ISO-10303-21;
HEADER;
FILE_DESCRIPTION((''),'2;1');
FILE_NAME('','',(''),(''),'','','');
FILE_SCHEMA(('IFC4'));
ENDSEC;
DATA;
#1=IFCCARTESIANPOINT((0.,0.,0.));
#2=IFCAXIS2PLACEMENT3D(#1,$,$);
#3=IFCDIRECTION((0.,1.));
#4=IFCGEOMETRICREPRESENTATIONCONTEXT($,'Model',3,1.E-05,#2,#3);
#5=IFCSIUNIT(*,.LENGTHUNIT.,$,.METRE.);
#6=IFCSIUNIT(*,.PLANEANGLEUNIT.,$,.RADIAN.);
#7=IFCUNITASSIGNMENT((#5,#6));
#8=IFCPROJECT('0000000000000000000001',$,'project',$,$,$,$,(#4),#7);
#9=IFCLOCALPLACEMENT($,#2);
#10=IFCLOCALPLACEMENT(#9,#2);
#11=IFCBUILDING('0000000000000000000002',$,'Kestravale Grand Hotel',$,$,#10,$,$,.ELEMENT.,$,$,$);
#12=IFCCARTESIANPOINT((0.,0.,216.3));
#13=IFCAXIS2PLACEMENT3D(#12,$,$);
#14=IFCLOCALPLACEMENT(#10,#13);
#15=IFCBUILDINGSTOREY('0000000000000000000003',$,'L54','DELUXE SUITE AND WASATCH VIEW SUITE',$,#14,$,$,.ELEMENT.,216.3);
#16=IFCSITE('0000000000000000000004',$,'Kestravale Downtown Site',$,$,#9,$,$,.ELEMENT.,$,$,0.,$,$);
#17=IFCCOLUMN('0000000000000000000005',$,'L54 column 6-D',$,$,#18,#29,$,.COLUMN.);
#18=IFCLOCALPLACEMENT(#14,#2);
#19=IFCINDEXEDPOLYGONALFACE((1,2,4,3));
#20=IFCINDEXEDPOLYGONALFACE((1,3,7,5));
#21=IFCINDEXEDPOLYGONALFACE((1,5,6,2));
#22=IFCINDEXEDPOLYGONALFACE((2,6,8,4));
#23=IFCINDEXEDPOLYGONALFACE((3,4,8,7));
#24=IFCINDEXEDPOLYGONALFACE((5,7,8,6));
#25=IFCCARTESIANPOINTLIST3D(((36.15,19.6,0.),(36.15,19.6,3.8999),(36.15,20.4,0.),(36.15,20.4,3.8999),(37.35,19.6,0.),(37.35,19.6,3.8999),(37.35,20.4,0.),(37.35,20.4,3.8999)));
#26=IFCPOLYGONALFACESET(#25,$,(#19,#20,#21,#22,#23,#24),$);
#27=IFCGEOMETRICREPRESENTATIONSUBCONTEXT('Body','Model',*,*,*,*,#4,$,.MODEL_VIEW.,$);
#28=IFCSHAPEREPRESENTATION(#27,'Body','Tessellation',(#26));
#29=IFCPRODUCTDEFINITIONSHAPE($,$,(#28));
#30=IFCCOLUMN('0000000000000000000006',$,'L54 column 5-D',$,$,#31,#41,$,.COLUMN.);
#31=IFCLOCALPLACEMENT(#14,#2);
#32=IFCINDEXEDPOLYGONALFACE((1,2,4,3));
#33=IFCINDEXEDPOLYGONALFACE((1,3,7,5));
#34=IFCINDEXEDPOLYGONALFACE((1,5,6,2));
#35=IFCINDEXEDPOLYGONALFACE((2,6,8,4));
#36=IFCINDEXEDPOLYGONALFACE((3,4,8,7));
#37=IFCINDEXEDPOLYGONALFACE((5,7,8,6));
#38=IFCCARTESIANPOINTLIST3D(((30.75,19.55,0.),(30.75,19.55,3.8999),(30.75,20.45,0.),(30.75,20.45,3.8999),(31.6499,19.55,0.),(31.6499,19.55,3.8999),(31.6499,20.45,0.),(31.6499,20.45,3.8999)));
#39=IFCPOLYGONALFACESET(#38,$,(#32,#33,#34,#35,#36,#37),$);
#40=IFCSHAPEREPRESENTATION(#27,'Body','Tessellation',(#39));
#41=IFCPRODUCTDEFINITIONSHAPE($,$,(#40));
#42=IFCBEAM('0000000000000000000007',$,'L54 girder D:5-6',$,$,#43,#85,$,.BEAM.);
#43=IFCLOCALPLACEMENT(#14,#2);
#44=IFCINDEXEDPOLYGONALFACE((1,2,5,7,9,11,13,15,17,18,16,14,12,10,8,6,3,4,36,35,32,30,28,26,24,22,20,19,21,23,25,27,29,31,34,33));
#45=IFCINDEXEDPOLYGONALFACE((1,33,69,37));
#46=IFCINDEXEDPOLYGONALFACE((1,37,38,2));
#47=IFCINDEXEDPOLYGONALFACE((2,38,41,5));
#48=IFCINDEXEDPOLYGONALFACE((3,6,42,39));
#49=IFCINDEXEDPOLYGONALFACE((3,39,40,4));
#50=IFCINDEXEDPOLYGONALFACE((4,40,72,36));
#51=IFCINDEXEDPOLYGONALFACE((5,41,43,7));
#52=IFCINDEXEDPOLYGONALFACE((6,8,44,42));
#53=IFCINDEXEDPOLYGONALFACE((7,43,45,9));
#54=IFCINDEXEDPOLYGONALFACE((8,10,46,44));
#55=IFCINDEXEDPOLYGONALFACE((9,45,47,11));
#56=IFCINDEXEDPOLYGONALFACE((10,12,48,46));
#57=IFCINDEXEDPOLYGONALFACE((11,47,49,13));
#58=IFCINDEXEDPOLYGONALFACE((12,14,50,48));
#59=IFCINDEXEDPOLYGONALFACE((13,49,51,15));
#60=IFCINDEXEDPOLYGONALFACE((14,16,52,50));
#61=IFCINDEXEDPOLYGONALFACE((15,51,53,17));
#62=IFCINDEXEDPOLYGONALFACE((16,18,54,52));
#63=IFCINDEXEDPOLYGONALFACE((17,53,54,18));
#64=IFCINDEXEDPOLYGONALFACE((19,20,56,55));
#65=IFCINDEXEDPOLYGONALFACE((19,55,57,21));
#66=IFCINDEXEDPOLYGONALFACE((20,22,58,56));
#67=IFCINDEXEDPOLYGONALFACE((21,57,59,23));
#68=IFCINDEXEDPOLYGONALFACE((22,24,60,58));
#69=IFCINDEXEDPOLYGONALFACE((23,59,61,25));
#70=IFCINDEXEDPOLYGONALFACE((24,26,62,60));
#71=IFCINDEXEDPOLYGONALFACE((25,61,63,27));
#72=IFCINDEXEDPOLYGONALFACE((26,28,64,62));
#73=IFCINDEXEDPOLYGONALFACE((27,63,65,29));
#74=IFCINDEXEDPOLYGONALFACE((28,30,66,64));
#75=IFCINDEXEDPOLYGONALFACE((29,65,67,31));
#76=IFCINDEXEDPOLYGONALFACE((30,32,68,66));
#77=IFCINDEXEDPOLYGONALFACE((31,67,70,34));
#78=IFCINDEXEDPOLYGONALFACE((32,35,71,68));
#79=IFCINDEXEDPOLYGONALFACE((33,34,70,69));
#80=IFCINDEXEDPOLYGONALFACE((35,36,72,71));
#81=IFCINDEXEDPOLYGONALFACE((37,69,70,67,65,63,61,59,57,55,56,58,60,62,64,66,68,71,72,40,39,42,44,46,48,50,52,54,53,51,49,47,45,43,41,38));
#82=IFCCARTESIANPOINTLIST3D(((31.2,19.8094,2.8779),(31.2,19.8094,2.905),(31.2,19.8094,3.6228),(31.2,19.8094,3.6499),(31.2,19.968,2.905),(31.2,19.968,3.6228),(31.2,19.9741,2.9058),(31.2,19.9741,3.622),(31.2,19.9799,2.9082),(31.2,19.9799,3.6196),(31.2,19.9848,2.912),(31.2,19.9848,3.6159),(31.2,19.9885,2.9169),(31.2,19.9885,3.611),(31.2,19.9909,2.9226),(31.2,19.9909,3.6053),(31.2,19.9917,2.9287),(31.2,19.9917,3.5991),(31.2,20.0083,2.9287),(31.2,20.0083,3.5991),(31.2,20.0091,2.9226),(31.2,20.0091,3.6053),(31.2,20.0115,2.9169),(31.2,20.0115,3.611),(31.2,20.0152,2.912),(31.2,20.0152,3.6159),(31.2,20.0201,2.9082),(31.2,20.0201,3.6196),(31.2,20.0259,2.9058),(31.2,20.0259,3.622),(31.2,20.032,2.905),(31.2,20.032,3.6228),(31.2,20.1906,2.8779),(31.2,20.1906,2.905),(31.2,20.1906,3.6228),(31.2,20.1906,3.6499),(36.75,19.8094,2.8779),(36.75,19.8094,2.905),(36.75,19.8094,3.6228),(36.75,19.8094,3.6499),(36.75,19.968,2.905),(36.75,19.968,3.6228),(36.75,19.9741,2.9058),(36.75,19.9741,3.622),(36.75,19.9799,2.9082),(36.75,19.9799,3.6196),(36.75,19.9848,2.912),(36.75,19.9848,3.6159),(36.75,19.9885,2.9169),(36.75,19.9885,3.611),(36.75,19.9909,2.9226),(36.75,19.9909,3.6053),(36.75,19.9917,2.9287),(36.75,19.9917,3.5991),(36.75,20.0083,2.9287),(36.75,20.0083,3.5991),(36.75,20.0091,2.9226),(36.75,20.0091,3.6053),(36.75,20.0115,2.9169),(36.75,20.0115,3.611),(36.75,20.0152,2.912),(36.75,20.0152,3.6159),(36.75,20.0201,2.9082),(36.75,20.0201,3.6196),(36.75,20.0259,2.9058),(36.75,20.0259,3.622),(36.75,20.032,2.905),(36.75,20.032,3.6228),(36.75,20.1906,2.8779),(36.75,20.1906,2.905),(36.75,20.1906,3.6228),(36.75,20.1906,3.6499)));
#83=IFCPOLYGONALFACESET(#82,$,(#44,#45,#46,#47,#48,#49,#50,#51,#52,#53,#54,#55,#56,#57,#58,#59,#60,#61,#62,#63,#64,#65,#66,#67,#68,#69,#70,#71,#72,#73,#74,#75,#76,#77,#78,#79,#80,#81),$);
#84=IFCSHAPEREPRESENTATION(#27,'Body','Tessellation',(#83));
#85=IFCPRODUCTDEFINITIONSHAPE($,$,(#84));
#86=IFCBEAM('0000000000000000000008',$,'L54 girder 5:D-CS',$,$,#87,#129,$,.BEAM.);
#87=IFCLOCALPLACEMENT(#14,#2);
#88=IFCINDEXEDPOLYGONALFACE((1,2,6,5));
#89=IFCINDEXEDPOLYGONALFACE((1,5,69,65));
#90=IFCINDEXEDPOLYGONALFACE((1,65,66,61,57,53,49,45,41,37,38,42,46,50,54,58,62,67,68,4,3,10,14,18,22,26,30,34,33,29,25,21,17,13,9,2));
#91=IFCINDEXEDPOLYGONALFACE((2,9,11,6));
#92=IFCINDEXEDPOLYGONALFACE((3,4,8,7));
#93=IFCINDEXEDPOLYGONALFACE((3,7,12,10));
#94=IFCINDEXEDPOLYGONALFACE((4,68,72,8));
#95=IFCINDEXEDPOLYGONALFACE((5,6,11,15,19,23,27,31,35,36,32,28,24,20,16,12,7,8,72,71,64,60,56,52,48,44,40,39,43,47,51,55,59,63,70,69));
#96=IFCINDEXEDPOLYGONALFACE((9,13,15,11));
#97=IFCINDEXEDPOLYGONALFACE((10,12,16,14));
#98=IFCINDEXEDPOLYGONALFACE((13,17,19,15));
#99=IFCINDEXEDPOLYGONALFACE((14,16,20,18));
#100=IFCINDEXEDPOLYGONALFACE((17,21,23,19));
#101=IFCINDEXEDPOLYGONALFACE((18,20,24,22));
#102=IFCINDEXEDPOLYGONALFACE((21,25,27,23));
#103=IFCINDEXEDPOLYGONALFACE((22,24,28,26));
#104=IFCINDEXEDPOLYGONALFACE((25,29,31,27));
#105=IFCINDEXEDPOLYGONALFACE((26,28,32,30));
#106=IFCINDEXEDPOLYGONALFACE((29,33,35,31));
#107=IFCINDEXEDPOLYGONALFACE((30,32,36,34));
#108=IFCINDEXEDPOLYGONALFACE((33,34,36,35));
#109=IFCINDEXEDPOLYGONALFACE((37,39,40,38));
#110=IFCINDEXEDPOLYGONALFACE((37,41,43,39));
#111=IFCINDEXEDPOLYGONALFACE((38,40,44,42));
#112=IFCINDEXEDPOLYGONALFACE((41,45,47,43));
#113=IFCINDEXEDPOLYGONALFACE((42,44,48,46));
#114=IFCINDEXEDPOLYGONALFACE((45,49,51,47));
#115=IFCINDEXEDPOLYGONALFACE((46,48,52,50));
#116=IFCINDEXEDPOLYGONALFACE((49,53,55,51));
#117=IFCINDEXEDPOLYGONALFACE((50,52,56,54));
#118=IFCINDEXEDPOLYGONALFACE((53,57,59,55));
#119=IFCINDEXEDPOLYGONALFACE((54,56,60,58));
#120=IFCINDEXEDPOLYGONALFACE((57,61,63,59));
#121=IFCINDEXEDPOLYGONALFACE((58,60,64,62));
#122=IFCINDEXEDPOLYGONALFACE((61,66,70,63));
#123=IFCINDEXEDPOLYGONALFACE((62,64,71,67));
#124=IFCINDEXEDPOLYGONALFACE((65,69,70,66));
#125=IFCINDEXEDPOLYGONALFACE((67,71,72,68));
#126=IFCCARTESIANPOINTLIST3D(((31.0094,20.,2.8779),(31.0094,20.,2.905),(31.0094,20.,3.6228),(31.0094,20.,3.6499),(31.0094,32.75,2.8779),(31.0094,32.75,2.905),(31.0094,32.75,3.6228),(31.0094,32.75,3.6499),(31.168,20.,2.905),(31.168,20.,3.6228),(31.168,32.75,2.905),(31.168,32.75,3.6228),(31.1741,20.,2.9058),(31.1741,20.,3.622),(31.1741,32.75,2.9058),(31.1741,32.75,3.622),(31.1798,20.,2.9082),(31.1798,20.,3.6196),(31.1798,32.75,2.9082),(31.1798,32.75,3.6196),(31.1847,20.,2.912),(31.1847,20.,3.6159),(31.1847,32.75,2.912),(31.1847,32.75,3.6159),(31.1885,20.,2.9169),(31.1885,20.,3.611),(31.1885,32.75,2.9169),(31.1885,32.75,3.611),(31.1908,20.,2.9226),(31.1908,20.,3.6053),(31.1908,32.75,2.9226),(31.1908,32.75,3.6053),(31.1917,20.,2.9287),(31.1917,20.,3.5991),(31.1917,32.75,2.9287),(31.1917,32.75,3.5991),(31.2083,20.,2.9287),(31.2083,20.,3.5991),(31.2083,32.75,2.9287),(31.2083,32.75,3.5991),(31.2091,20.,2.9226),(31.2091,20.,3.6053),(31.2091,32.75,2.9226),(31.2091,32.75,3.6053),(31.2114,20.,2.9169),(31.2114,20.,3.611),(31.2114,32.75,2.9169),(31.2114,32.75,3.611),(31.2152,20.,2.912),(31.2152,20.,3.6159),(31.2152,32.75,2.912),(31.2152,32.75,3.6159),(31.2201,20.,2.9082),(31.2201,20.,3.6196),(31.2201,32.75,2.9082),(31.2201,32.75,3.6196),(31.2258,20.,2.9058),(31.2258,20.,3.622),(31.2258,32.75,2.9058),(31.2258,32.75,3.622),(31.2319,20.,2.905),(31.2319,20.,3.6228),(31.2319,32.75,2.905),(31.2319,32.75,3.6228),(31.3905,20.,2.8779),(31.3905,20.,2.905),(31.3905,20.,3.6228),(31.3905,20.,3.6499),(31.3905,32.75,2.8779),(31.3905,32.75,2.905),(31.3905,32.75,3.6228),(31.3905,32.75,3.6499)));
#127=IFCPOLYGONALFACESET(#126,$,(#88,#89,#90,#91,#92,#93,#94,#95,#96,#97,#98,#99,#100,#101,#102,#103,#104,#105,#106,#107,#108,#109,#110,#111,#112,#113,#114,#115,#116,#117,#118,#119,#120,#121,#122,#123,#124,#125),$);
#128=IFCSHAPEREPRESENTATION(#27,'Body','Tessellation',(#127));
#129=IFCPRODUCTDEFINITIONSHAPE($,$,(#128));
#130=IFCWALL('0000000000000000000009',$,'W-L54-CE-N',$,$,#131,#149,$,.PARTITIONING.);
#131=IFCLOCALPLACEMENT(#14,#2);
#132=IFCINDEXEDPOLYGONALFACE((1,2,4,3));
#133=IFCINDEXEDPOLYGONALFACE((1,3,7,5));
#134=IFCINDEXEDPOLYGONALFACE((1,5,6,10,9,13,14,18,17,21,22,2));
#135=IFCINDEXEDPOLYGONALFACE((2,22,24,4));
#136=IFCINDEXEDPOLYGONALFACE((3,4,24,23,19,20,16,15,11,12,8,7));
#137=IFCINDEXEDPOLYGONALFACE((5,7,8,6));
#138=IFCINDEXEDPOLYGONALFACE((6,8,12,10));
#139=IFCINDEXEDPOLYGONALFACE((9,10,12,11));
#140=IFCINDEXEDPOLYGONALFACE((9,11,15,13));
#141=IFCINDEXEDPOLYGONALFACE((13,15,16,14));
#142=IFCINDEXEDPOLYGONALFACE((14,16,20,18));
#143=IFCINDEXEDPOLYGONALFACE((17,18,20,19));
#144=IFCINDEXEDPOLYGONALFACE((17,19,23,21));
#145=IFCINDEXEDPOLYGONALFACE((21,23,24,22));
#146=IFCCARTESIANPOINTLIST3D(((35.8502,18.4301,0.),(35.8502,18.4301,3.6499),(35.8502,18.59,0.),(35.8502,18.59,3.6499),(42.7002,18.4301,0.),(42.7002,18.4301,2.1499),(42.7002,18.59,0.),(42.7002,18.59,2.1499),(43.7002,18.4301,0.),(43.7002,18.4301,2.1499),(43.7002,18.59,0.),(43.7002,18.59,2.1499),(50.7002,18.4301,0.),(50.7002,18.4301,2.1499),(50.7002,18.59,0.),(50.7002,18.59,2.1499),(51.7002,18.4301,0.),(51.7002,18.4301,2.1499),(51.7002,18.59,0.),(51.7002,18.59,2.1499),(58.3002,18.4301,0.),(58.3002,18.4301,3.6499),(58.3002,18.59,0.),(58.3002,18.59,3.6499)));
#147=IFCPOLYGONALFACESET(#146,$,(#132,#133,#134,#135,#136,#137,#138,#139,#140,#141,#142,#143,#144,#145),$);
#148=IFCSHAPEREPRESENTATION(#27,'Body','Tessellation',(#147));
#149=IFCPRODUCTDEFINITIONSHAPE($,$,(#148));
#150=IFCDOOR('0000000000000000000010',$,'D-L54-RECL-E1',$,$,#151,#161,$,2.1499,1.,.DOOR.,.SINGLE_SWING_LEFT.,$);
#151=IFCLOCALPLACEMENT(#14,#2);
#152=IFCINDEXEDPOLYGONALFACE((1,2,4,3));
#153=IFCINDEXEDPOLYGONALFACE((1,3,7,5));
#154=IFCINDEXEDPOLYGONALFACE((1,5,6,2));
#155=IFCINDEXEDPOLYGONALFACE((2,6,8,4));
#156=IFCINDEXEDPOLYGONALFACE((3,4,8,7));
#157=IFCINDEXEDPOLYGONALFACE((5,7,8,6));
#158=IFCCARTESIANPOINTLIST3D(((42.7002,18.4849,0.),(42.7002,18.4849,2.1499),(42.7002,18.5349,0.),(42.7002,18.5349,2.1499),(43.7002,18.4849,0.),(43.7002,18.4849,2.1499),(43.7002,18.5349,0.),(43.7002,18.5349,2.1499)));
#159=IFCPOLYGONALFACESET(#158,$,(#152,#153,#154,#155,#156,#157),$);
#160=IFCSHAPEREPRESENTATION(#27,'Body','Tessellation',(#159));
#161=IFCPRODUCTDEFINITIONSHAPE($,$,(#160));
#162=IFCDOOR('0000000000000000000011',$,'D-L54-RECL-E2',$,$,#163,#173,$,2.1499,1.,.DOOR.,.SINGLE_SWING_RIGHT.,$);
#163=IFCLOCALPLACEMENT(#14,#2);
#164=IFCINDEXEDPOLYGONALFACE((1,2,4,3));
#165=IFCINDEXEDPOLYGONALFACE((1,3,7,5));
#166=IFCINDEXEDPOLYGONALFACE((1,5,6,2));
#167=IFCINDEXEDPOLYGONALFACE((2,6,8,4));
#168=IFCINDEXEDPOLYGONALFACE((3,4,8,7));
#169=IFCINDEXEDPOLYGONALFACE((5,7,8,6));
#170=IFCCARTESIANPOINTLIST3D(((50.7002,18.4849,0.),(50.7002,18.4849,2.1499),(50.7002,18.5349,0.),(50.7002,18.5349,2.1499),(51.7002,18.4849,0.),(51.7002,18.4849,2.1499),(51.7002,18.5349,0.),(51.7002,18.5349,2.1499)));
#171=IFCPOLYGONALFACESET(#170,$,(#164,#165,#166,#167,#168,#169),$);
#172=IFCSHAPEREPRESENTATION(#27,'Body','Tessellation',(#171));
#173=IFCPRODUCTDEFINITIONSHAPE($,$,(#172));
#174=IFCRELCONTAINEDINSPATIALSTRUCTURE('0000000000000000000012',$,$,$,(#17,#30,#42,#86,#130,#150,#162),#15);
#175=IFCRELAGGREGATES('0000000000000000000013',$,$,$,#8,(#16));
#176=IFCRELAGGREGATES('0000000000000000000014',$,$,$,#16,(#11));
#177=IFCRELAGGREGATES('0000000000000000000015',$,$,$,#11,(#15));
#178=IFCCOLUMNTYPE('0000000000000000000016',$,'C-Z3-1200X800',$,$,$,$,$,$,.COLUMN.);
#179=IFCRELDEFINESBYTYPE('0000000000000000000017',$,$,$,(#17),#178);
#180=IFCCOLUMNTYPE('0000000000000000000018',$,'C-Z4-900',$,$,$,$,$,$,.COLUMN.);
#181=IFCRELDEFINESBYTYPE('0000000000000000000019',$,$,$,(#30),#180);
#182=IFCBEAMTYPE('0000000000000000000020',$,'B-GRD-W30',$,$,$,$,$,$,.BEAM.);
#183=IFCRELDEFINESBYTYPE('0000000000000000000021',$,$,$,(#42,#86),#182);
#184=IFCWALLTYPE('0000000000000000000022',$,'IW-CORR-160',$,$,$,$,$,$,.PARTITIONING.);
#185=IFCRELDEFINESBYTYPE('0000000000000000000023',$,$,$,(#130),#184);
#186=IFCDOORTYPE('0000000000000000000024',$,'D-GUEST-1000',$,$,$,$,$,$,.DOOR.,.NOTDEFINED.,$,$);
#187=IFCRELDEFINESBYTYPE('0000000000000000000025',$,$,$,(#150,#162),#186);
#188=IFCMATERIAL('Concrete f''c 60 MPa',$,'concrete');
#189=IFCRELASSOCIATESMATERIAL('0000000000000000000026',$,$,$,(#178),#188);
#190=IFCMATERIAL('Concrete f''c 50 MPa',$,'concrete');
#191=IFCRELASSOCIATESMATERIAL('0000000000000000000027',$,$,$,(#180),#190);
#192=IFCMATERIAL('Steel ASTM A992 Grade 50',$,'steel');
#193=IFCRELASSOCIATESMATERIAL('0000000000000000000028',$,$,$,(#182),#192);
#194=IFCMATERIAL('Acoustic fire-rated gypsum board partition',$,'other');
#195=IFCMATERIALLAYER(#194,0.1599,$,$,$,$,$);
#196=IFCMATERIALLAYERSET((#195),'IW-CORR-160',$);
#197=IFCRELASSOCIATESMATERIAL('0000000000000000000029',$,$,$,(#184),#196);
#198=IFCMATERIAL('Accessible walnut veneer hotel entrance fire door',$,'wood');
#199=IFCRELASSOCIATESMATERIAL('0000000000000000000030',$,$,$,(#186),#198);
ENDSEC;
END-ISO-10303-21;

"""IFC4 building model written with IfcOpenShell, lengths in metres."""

from ifc_helpers import new_model, si_unit, direction, frame, frame_2d, origin, origin_2d, place, context, subcontext, project, spatial, rectangle, i_section, extrude, material, layer, layer_set, material_profile, profile_set, type_object, element, fill, save


model = new_model("IFC4")

# Units and contexts
model_context = context("Model", 3, precision=1e-05, world=origin(), true_north=direction((0.0, 1.0)))
body_context = subcontext(model_context, "Body", "Model", "MODEL_VIEW")
ifc_project = project(units=[si_unit("LENGTHUNIT", "METRE"), si_unit("PLANEANGLEUNIT", "RADIAN")], contexts=[model_context])

# Site, building, storey
site_placement = place(None, origin())
site = spatial("IfcSite", under=ifc_project, at=site_placement, Name="Kestravale Downtown Site", CompositionType="ELEMENT", RefElevation=0.0)
building_placement = place(site_placement, origin())
building = spatial("IfcBuilding", under=site, at=building_placement, Name="Kestravale Grand Hotel", CompositionType="ELEMENT")
storey_placement = place(building_placement, frame((0.0, 0.0, 216.3)))
storey = spatial("IfcBuildingStorey", under=building, at=storey_placement, Name="L54", Description="DELUXE SUITE AND WASATCH VIEW SUITE", CompositionType="ELEMENT", Elevation=216.3)

# Columns
ifc_material_1 = material(Name="Concrete f'c 60 MPa", Category="concrete")
ifc_material_profile_1 = material_profile(ifc_material_1, rectangle(XDim=1.2, YDim=0.8, at=origin_2d()))
ifc_profile_set_1 = profile_set([ifc_material_profile_1], Name="Concrete f'c 60 MPa")
column_type_1 = type_object("IfcColumnType", Name="C-Z3-1200X800", PredefinedType="COLUMN", material=ifc_profile_set_1)
column_1_placement = place(storey_placement, frame((36.75, 20.0, 0.0), z_axis=(0.0, 0.0, 1.0), x_axis=(1.0, 0.0, 0.0)))
element("IfcColumn", 1, at=column_1_placement, inside=storey, type_object=column_type_1, Name="L54 column 6-D", PredefinedType="COLUMN", context=body_context, shape_type="SweptSolid", body=[
    extrude(rectangle(XDim=1.2, YDim=0.8, at=origin_2d()), origin(), (0.0, 0.0, 1.0), 3.8999),
])
ifc_material_2 = material(Name="Concrete f'c 50 MPa", Category="concrete")
ifc_material_profile_2 = material_profile(ifc_material_2, rectangle(XDim=0.8999, YDim=0.8999, at=origin_2d()))
ifc_profile_set_2 = profile_set([ifc_material_profile_2], Name="Concrete f'c 50 MPa")
column_type_2 = type_object("IfcColumnType", Name="C-Z4-900", PredefinedType="COLUMN", material=ifc_profile_set_2)
column_2_placement = place(storey_placement, frame((31.2, 20.0, 0.0), z_axis=(0.0, 0.0, 1.0), x_axis=(1.0, 0.0, 0.0)))
element("IfcColumn", 2, at=column_2_placement, inside=storey, type_object=column_type_2, Name="L54 column 5-D", PredefinedType="COLUMN", context=body_context, shape_type="SweptSolid", body=[
    extrude(rectangle(XDim=0.8999, YDim=0.8999, at=origin_2d()), origin(), (0.0, 0.0, 1.0), 3.8999),
])

# Beams
ifc_material_3 = material(Name="Steel ASTM A992 Grade 50", Category="steel")
ifc_material_profile_3 = material_profile(ifc_material_3, i_section(OverallWidth=0.3811, OverallDepth=0.772, WebThickness=0.0166, FlangeThickness=0.0271, FilletRadius=0.0237, at=origin_2d()))
ifc_profile_set_3 = profile_set([ifc_material_profile_3], Name="Steel ASTM A992 Grade 50")
beam_type = type_object("IfcBeamType", Name="B-GRD-W30", PredefinedType="BEAM", material=ifc_profile_set_3)
beam_1_placement = place(storey_placement, frame((31.2, 20.0, 3.2639), z_axis=(1.0, 0.0, 0.0), x_axis=(0.0, 1.0, 0.0)))
element("IfcBeam", 3, at=beam_1_placement, inside=storey, type_object=beam_type, Name="L54 girder D:5-6", PredefinedType="BEAM", context=body_context, shape_type="SweptSolid", body=[
    extrude(i_section(OverallWidth=0.3811, OverallDepth=0.772, WebThickness=0.0166, FlangeThickness=0.0271, FilletRadius=0.0237, at=origin_2d()), origin(), (0.0, 0.0, 1.0), 5.55),
])
beam_2_placement = place(storey_placement, frame((31.2, 20.0, 3.2639), z_axis=(0.0, 1.0, 0.0), x_axis=(-1.0, 0.0, 0.0)))
element("IfcBeam", 4, at=beam_2_placement, inside=storey, type_object=beam_type, Name="L54 girder 5:D-CS", PredefinedType="BEAM", context=body_context, shape_type="SweptSolid", body=[
    extrude(i_section(OverallWidth=0.3811, OverallDepth=0.772, WebThickness=0.0166, FlangeThickness=0.0271, FilletRadius=0.0237, at=origin_2d()), origin(), (0.0, 0.0, 1.0), 12.75),
])

# Wall, openings, doors
ifc_material_4 = material(Name="Acoustic fire-rated gypsum board partition", Category="other")
ifc_layer_1 = layer(ifc_material_4, 0.1599)
ifc_layer_set_1 = layer_set([ifc_layer_1], Name="IW-CORR-160")
wall_type_1 = type_object("IfcWallType", Name="IW-CORR-160", PredefinedType="PARTITIONING", material=ifc_layer_set_1)
wall_1_placement = place(storey_placement, frame((35.8501, 18.51, 0.0), z_axis=(0.0, 0.0, 1.0), x_axis=(1.0, 0.0, 0.0)))
wall_1 = element("IfcWall", 5, at=wall_1_placement, inside=storey, type_object=wall_type_1, Name="W-L54-CE-N", PredefinedType="PARTITIONING", context=body_context, shape_type="SweptSolid", body=[
    extrude(rectangle(XDim=22.45, YDim=0.1599, at=frame_2d((11.2251, 0.0))), origin(), (0.0, 0.0, 1.0), 3.6499),
])
opening_1_placement = place(wall_1_placement, frame((6.8501, 0.0, 0.0)))
opening_1 = element("IfcOpeningElement", 6, at=opening_1_placement, cuts=wall_1, PredefinedType="OPENING", context=body_context, shape_type="SweptSolid", body=[
    extrude(rectangle(XDim=1.0, YDim=2.1499, at=frame_2d((0.5, 1.075))), frame((0.0, 0.0898, 0.0), z_axis=(0.0, -1.0, 0.0), x_axis=(1.0, 0.0, 0.0)), (0.0, 0.0, 1.0), 0.1799),
])
opening_2_placement = place(wall_1_placement, frame((14.8501, 0.0, 0.0)))
opening_2 = element("IfcOpeningElement", 7, at=opening_2_placement, cuts=wall_1, PredefinedType="OPENING", context=body_context, shape_type="SweptSolid", body=[
    extrude(rectangle(XDim=1.0, YDim=2.1499, at=frame_2d((0.5, 1.075))), frame((0.0, 0.0898, 0.0), z_axis=(0.0, -1.0, 0.0), x_axis=(1.0, 0.0, 0.0)), (0.0, 0.0, 1.0), 0.1799),
])
ifc_material_5 = material(Name="Accessible walnut veneer hotel entrance fire door", Category="wood")
door_type_1 = type_object("IfcDoorType", Name="D-GUEST-1000", OperationType="NOTDEFINED", PredefinedType="DOOR", material=ifc_material_5)
door_1_placement = place(opening_1_placement, origin())
door_1 = element("IfcDoor", 8, at=door_1_placement, inside=storey, type_object=door_type_1, Name="D-L54-RECL-E1", OperationType="SINGLE_SWING_LEFT", OverallHeight=2.1499, OverallWidth=1.0, PredefinedType="DOOR", context=body_context, shape_type="SweptSolid", body=[
    extrude(rectangle(XDim=1.0, YDim=2.1499, at=frame_2d((0.5, 1.075))), frame((0.0, 0.0249, 0.0), z_axis=(0.0, -1.0, 0.0), x_axis=(1.0, 0.0, 0.0)), (0.0, 0.0, 1.0), 0.05),
])
fill(opening_1, door_1)
door_2_placement = place(opening_2_placement, origin())
door_2 = element("IfcDoor", 9, at=door_2_placement, inside=storey, type_object=door_type_1, Name="D-L54-RECL-E2", OperationType="SINGLE_SWING_RIGHT", OverallHeight=2.1499, OverallWidth=1.0, PredefinedType="DOOR", context=body_context, shape_type="SweptSolid", body=[
    extrude(rectangle(XDim=1.0, YDim=2.1499, at=frame_2d((0.5, 1.075))), frame((0.0, 0.0249, 0.0), z_axis=(0.0, -1.0, 0.0), x_axis=(1.0, 0.0, 0.0)), (0.0, 0.0, 1.0), 0.05),
])
fill(opening_2, door_2)

save(model, "model.ifc")
